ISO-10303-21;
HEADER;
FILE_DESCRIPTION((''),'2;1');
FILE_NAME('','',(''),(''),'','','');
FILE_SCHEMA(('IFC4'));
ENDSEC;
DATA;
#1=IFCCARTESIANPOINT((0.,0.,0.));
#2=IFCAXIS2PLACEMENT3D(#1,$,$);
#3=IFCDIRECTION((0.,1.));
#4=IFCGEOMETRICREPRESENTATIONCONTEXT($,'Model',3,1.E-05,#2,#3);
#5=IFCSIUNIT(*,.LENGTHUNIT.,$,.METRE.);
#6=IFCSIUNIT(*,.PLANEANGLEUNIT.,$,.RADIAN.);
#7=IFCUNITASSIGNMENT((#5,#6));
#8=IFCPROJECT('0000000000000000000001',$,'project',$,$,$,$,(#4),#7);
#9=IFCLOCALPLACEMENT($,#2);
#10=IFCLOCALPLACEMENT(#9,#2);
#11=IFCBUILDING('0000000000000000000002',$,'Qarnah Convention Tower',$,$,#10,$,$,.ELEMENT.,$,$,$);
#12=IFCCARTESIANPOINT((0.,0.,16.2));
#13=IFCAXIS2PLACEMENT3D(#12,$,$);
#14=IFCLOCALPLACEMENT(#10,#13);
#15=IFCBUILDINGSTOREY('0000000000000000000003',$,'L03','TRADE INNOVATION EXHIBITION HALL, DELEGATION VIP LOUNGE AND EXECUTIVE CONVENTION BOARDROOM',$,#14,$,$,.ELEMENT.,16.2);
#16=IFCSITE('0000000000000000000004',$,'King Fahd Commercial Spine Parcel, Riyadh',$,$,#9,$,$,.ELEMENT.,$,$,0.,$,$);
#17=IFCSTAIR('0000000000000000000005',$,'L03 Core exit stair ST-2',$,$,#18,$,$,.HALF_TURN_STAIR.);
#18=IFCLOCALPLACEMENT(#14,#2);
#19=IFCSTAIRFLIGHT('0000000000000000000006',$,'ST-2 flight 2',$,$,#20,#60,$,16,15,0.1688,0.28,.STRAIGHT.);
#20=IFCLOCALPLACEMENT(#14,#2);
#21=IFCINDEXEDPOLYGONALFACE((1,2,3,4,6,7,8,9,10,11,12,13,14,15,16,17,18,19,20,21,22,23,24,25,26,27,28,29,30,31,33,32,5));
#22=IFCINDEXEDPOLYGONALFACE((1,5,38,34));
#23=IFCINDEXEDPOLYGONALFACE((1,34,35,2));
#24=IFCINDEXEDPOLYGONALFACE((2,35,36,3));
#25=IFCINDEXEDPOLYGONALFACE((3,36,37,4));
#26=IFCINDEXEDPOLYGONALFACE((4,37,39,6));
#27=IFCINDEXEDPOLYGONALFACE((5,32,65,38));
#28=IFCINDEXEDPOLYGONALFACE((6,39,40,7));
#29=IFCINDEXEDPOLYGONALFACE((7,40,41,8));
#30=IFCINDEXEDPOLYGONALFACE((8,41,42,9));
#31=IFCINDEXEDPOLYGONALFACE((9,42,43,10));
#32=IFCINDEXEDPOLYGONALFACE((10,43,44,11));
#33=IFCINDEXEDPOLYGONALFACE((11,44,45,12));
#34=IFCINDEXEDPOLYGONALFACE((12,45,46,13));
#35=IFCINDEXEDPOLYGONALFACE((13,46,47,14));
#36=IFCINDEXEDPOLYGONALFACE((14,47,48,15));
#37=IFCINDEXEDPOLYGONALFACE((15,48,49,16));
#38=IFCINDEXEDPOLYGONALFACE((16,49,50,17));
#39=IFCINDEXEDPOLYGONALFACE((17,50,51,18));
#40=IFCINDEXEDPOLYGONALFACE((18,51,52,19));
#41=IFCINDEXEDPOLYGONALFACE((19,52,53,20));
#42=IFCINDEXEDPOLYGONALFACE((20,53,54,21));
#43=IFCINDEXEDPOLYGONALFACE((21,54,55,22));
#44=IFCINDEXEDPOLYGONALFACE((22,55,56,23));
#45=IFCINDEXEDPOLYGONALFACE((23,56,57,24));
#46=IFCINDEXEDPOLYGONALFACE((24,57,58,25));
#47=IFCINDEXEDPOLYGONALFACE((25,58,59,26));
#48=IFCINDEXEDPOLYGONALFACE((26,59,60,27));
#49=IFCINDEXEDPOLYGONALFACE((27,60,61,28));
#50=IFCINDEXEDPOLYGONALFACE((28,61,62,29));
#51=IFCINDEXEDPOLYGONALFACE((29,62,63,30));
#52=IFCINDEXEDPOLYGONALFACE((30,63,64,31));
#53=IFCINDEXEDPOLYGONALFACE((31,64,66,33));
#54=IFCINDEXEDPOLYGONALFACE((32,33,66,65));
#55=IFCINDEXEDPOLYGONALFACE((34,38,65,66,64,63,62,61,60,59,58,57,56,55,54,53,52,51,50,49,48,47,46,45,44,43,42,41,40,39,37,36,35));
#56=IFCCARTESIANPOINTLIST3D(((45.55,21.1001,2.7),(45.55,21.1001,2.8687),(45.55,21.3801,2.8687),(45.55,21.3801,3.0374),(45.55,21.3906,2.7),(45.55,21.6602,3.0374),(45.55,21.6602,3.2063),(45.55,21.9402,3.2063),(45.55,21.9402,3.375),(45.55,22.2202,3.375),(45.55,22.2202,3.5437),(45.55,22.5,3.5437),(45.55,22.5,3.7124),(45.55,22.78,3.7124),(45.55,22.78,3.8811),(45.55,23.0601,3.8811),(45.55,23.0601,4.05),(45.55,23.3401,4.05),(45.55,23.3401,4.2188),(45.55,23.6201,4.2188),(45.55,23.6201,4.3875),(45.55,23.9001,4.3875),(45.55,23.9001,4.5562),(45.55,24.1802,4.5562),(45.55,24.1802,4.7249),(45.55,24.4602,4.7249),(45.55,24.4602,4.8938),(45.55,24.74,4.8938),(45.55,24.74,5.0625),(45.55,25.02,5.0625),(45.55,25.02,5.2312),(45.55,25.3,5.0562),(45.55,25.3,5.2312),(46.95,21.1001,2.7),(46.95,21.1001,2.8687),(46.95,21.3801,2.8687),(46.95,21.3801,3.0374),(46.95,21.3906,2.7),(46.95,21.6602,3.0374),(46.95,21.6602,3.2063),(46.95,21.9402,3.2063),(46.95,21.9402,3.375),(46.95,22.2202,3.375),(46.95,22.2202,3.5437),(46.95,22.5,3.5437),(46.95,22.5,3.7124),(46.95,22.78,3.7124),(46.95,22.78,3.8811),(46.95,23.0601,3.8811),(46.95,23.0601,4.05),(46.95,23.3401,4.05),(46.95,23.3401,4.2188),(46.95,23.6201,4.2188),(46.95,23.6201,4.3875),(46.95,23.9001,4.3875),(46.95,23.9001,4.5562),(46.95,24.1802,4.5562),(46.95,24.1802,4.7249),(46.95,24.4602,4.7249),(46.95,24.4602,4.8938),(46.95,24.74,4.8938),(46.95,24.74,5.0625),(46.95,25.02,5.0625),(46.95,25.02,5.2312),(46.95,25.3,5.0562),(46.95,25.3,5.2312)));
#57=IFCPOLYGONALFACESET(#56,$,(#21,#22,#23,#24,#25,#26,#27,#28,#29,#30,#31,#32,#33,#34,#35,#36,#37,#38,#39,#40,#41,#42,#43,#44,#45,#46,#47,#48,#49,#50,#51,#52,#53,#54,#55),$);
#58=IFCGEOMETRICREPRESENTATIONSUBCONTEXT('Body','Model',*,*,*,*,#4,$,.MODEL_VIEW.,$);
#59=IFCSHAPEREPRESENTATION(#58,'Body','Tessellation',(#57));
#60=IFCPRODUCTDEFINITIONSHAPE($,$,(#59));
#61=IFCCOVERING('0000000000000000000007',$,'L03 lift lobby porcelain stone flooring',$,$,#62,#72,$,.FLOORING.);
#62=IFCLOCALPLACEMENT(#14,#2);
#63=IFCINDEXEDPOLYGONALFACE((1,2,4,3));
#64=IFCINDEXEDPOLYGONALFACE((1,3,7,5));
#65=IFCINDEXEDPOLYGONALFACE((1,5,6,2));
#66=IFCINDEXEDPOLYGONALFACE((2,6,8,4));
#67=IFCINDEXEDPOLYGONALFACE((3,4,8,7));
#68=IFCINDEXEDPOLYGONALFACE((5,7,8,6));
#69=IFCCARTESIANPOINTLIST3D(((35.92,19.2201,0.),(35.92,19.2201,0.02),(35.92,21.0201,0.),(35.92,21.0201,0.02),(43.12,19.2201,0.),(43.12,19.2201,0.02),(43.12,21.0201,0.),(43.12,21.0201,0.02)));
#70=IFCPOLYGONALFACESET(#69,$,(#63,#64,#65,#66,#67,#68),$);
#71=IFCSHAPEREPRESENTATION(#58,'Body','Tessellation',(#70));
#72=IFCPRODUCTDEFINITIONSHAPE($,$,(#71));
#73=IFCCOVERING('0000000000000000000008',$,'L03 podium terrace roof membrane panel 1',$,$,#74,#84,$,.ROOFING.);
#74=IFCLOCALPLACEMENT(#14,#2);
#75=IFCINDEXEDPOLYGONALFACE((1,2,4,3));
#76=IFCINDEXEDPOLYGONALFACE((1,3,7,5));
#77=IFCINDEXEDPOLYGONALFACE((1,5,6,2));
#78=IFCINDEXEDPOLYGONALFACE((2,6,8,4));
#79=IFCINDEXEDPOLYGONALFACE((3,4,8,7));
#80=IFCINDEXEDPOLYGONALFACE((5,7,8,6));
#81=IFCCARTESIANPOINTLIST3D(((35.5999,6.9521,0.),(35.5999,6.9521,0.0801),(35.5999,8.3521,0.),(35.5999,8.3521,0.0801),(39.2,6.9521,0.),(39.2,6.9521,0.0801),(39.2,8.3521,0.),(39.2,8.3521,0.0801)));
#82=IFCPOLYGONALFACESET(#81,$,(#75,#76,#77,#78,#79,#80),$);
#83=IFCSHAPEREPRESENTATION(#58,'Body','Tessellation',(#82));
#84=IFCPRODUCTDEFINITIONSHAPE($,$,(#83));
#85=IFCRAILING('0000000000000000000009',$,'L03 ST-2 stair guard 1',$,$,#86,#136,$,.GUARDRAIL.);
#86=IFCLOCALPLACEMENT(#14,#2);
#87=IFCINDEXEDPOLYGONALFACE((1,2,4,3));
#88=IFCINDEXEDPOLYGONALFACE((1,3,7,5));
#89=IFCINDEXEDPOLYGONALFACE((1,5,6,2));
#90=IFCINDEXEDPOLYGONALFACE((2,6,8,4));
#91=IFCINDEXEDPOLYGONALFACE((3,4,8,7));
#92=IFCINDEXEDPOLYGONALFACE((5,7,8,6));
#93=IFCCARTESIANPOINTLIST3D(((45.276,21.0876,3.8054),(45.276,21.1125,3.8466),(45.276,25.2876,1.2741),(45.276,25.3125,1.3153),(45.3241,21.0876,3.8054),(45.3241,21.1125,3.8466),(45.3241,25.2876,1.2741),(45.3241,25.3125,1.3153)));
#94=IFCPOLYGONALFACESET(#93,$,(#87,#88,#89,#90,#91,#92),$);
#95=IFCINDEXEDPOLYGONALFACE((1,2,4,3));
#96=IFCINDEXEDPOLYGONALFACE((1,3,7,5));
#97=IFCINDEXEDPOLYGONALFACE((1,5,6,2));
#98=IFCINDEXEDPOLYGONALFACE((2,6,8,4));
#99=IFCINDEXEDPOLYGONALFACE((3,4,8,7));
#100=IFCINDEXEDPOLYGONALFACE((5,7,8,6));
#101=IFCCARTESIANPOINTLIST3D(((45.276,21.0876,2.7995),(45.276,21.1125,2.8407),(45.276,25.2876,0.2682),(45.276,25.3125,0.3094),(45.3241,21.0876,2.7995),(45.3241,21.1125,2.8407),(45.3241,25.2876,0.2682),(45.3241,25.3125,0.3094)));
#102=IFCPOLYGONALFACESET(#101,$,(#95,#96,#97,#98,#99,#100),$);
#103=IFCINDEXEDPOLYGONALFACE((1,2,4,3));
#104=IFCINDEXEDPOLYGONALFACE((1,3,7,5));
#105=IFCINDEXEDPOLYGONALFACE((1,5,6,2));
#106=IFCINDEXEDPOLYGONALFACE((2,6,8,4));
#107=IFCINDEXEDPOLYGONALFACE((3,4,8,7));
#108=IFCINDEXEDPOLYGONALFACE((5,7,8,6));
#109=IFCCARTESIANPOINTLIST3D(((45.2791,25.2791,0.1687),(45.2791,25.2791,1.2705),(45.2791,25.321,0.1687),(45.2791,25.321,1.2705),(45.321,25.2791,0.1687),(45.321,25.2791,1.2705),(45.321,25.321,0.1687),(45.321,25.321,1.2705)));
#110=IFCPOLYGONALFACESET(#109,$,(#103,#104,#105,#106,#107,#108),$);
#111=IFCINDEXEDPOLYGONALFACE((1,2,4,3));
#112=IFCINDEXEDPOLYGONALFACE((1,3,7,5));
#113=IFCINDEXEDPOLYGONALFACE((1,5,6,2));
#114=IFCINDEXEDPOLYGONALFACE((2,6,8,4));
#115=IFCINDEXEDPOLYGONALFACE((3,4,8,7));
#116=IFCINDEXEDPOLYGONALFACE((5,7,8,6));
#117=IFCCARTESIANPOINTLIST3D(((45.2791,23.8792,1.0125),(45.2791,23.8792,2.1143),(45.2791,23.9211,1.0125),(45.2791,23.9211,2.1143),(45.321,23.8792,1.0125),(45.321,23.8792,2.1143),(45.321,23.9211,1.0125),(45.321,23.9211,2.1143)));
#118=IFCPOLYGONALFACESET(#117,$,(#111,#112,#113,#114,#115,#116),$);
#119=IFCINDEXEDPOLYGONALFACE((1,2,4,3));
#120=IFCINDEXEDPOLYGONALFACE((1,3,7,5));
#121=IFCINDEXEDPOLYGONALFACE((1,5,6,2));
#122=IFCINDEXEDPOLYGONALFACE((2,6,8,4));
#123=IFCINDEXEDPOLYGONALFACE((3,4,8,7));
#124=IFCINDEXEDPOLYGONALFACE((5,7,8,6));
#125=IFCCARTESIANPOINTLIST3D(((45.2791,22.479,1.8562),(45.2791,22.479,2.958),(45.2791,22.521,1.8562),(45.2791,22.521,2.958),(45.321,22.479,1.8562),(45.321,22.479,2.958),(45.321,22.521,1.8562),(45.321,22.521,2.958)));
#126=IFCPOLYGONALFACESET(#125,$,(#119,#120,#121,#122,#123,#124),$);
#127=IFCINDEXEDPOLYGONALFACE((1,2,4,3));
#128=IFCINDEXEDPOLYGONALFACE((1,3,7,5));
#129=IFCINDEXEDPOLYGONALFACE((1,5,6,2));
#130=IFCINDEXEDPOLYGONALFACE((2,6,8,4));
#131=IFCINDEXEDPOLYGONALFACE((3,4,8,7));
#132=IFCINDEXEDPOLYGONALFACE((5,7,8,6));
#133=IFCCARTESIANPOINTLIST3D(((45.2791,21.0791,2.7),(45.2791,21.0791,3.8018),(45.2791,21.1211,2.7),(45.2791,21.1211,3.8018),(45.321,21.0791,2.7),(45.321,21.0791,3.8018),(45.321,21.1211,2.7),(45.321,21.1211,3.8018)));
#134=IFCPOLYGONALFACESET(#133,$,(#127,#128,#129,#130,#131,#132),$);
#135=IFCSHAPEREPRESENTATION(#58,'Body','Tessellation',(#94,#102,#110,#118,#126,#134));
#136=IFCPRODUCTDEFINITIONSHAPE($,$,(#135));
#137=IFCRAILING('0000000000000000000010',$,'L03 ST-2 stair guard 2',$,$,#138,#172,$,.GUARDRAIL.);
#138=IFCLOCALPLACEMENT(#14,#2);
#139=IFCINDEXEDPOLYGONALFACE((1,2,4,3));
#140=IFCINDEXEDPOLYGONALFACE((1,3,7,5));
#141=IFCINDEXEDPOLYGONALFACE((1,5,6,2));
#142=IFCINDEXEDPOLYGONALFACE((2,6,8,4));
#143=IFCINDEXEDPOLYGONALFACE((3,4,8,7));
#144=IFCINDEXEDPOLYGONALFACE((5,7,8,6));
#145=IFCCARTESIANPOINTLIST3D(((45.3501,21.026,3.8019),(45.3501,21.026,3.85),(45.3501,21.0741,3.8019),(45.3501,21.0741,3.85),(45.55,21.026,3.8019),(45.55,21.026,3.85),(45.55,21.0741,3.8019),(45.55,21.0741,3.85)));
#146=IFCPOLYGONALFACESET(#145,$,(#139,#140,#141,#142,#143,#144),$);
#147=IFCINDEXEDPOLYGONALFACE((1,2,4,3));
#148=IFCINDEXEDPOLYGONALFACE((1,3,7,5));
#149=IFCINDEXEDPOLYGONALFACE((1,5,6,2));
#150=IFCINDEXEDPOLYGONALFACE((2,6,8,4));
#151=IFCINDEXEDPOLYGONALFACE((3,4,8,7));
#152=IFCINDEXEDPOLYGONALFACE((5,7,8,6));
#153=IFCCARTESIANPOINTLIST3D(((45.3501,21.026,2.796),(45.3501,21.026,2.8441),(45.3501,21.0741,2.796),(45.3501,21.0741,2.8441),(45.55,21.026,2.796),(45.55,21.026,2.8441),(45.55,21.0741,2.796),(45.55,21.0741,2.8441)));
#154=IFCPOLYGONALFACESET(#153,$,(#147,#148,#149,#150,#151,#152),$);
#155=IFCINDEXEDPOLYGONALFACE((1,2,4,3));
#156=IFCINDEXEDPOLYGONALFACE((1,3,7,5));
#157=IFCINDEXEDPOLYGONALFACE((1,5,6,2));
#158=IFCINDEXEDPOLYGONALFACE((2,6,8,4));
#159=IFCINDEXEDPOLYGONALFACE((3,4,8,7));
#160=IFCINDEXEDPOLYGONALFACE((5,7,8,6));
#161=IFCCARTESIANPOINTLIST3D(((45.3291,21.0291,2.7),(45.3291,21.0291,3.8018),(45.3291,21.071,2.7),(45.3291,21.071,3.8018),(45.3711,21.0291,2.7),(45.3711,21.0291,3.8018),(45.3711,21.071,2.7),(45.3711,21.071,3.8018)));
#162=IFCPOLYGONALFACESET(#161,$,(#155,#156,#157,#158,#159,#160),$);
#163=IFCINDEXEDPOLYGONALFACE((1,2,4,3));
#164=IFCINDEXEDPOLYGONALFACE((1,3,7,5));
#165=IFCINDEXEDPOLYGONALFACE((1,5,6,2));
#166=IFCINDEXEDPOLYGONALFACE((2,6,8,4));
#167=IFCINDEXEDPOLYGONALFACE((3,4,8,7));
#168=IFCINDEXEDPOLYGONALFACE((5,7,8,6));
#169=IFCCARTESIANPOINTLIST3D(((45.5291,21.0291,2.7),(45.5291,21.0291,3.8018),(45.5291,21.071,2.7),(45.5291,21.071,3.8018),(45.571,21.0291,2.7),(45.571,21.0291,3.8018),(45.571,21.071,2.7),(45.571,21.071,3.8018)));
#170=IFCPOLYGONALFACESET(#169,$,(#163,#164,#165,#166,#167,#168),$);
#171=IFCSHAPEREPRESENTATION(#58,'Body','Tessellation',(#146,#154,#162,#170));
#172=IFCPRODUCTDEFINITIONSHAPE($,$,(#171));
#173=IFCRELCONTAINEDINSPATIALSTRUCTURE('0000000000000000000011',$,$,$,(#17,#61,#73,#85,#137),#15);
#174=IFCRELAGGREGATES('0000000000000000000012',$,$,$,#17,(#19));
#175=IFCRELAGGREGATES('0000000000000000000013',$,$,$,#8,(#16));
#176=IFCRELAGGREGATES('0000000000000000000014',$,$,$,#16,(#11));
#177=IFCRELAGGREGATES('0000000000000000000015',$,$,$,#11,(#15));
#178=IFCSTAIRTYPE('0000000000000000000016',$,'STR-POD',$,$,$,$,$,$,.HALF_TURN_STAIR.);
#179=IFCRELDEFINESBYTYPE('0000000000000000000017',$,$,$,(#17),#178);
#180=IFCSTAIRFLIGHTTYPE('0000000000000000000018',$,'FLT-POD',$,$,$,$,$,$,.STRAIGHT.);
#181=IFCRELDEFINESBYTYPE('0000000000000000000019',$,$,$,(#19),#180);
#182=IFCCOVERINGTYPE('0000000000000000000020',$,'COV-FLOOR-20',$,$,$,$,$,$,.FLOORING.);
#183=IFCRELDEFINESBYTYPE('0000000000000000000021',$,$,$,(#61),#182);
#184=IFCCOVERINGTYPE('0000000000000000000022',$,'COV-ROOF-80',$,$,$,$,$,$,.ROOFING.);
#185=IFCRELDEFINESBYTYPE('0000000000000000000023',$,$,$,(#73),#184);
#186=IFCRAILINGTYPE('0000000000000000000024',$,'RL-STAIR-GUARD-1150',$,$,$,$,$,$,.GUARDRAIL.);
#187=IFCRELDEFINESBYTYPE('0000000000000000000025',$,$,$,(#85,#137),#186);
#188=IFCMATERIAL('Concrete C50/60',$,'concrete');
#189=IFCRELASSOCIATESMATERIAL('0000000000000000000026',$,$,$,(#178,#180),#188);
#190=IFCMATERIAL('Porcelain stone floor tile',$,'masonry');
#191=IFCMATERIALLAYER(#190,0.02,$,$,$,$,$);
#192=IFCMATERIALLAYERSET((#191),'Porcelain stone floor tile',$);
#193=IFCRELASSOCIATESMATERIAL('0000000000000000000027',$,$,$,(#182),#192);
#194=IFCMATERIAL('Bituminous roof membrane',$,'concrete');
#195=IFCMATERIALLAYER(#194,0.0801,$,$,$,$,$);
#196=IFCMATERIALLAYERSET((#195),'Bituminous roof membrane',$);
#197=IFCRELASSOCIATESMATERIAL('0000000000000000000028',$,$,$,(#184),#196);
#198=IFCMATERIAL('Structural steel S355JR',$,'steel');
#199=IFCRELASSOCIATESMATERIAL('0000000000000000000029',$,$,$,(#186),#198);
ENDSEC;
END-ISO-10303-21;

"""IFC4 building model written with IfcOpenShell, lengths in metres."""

from ifc_helpers import new_model, si_unit, direction, frame, origin, origin_2d, place, context, subcontext, project, spatial, polyline, rectangle, outline, extrude, material, layer, layer_set, type_object, element, aggregate, save


model = new_model("IFC4")

# Units and contexts
model_context = context("Model", 3, precision=1e-05, world=origin(), true_north=direction((0.0, 1.0)))
body_context = subcontext(model_context, "Body", "Model", "MODEL_VIEW")
ifc_project = project(units=[si_unit("LENGTHUNIT", "METRE"), si_unit("PLANEANGLEUNIT", "RADIAN")], contexts=[model_context])

# Site, building, storey
site_placement = place(None, origin())
site = spatial("IfcSite", under=ifc_project, at=site_placement, Name="King Fahd Commercial Spine Parcel, Riyadh", CompositionType="ELEMENT", RefElevation=0.0)
building_placement = place(site_placement, origin())
building = spatial("IfcBuilding", under=site, at=building_placement, Name="Qarnah Convention Tower", CompositionType="ELEMENT")
storey_placement = place(building_placement, frame((0.0, 0.0, 16.2)))
storey = spatial("IfcBuildingStorey", under=building, at=storey_placement, Name="L03", Description="TRADE INNOVATION EXHIBITION HALL, DELEGATION VIP LOUNGE AND EXECUTIVE CONVENTION BOARDROOM", CompositionType="ELEMENT", Elevation=16.2)

# Shared definitions
ifc_material_1 = material(Name="Structural steel S355JR", Category="steel")

# Stair, stair flight
ifc_material_2 = material(Name="Concrete C50/60", Category="concrete")
stair_type = type_object("IfcStairType", Name="STR-POD", PredefinedType="HALF_TURN_STAIR", material=ifc_material_2)
stair_placement = place(storey_placement, origin())
stair = element("IfcStair", 1, at=stair_placement, inside=storey, type_object=stair_type, Name="L03 Core exit stair ST-2", PredefinedType="HALF_TURN_STAIR")
stair_flight_type = type_object("IfcStairFlightType", Name="FLT-POD", PredefinedType="STRAIGHT", material=ifc_material_2)
stair_flight_1_placement = place(storey_placement, frame((46.25, 21.1001, 2.7), z_axis=(0.0, 0.0, 1.0), x_axis=(0.0, 1.0, 0.0)))
stair_flight_1 = element("IfcStairFlight", 2, at=stair_flight_1_placement, type_object=stair_flight_type, Name="ST-2 flight 2", NumberOfRisers=16, NumberOfTreads=15, PredefinedType="STRAIGHT", RiserHeight=0.1688, TreadLength=0.28, context=body_context, shape_type="SweptSolid", body=[
    extrude(outline(polyline([(0.0, 0.0), (0.0, 0.1687), (0.28, 0.1687), (0.28, 0.3374), (0.5601, 0.3374), (0.5601, 0.5063), (0.8401, 0.5063), (0.8401, 0.675), (1.1201, 0.675), (1.1201, 0.8438), (1.3999, 0.8438), (1.3999, 1.0125), (1.6799, 1.0125), (1.6799, 1.1812), (1.96, 1.1812), (1.96, 1.3501), (2.24, 1.3501), (2.24, 1.5188), (2.52, 1.5188), (2.52, 1.6875), (2.8, 1.6875), (2.8, 1.8562), (3.0801, 1.8562), (3.0801, 2.0249), (3.3601, 2.0249), (3.3601, 2.1938), (3.6399, 2.1938), (3.6399, 2.3625), (3.9199, 2.3625), (3.9199, 2.5312), (4.2, 2.5312), (4.2, 2.7), (4.2, 2.3562), (0.2905, 0.0), (0.0, 0.0)])), frame((0.0, 0.7, 0.0), z_axis=(0.0, -1.0, 0.0), x_axis=(1.0, 0.0, 0.0)), (0.0, 0.0, 1.0), 1.3999),
])
aggregate(stair, [stair_flight_1])

# Coverings
ifc_material_3 = material(Name="Porcelain stone floor tile", Category="masonry")
ifc_layer_1 = layer(ifc_material_3, 0.02)
ifc_layer_set_1 = layer_set([ifc_layer_1], Name="Porcelain stone floor tile")
covering_type_1 = type_object("IfcCoveringType", Name="COV-FLOOR-20", PredefinedType="FLOORING", material=ifc_layer_set_1)
covering_1_placement = place(storey_placement, frame((39.52, 20.1201, 0.0), z_axis=(0.0, 0.0, 1.0), x_axis=(1.0, 0.0, 0.0)))
element("IfcCovering", 3, at=covering_1_placement, inside=storey, type_object=covering_type_1, Name="L03 lift lobby porcelain stone flooring", PredefinedType="FLOORING", context=body_context, shape_type="SweptSolid", body=[
    extrude(rectangle(XDim=7.2, YDim=1.8, at=origin_2d()), origin(), (0.0, 0.0, 1.0), 0.02),
])
ifc_material_4 = material(Name="Bituminous roof membrane", Category="concrete")
ifc_layer_2 = layer(ifc_material_4, 0.0801)
ifc_layer_set_2 = layer_set([ifc_layer_2], Name="Bituminous roof membrane")
covering_type_2 = type_object("IfcCoveringType", Name="COV-ROOF-80", PredefinedType="ROOFING", material=ifc_layer_set_2)
covering_2_placement = place(storey_placement, frame((37.3999, 7.6521, 0.0), z_axis=(0.0, 0.0, 1.0), x_axis=(1.0, 0.0, 0.0)))
element("IfcCovering", 4, at=covering_2_placement, inside=storey, type_object=covering_type_2, Name="L03 podium terrace roof membrane panel 1", PredefinedType="ROOFING", context=body_context, shape_type="SweptSolid", body=[
    extrude(rectangle(XDim=3.6001, YDim=1.3999, at=origin_2d()), origin(), (0.0, 0.0, 1.0), 0.0801),
])

# Railings
railing_type_1 = type_object("IfcRailingType", Name="RL-STAIR-GUARD-1150", PredefinedType="GUARDRAIL", material=ifc_material_1)
railing_1_placement = place(storey_placement, frame((45.3, 25.3, 0.1687)))
element("IfcRailing", 5, at=railing_1_placement, inside=storey, type_object=railing_type_1, Name="L03 ST-2 stair guard 1", PredefinedType="GUARDRAIL", context=body_context, shape_type="SweptSolid", body=[
    extrude(rectangle(XDim=0.0481, YDim=0.0481, at=origin_2d()), frame((0.0, 0.0, 1.126), z_axis=(0.0, -0.856476, 0.516186), x_axis=(1.0, 0.0, 0.0)), (0.0, 0.0, 1.0), 4.9038),
    extrude(rectangle(XDim=0.0481, YDim=0.0481, at=origin_2d()), frame((0.0, 0.0, 0.1201), z_axis=(0.0, -0.856476, 0.516186), x_axis=(1.0, 0.0, 0.0)), (0.0, 0.0, 1.0), 4.9038),
    extrude(rectangle(XDim=0.042, YDim=0.042, at=origin_2d()), origin(), (0.0, 0.0, 1.0), 1.1018),
    extrude(rectangle(XDim=0.042, YDim=0.042, at=origin_2d()), frame((0.0, -1.3999, 0.8438)), (0.0, 0.0, 1.0), 1.1018),
    extrude(rectangle(XDim=0.042, YDim=0.042, at=origin_2d()), frame((0.0, -2.8, 1.6875)), (0.0, 0.0, 1.0), 1.1018),
    extrude(rectangle(XDim=0.042, YDim=0.042, at=origin_2d()), frame((0.0, -4.2, 2.5312)), (0.0, 0.0, 1.0), 1.1018),
])
railing_2_placement = place(storey_placement, frame((45.3501, 21.05, 2.7)))
element("IfcRailing", 6, at=railing_2_placement, inside=storey, type_object=railing_type_1, Name="L03 ST-2 stair guard 2", PredefinedType="GUARDRAIL", context=body_context, shape_type="SweptSolid", body=[
    extrude(rectangle(XDim=0.0481, YDim=0.0481, at=origin_2d()), frame((0.0, 0.0, 1.126), z_axis=(1.0, 0.0, 0.0), x_axis=(0.0, 1.0, 0.0)), (0.0, 0.0, 1.0), 0.2),
    extrude(rectangle(XDim=0.0481, YDim=0.0481, at=origin_2d()), frame((0.0, 0.0, 0.1201), z_axis=(1.0, 0.0, 0.0), x_axis=(0.0, 1.0, 0.0)), (0.0, 0.0, 1.0), 0.2),
    extrude(rectangle(XDim=0.042, YDim=0.042, at=origin_2d()), origin(), (0.0, 0.0, 1.0), 1.1018),
    extrude(rectangle(XDim=0.042, YDim=0.042, at=origin_2d()), frame((0.2, 0.0, 0.0)), (0.0, 0.0, 1.0), 1.1018),
])

save(model, "model.ifc")
